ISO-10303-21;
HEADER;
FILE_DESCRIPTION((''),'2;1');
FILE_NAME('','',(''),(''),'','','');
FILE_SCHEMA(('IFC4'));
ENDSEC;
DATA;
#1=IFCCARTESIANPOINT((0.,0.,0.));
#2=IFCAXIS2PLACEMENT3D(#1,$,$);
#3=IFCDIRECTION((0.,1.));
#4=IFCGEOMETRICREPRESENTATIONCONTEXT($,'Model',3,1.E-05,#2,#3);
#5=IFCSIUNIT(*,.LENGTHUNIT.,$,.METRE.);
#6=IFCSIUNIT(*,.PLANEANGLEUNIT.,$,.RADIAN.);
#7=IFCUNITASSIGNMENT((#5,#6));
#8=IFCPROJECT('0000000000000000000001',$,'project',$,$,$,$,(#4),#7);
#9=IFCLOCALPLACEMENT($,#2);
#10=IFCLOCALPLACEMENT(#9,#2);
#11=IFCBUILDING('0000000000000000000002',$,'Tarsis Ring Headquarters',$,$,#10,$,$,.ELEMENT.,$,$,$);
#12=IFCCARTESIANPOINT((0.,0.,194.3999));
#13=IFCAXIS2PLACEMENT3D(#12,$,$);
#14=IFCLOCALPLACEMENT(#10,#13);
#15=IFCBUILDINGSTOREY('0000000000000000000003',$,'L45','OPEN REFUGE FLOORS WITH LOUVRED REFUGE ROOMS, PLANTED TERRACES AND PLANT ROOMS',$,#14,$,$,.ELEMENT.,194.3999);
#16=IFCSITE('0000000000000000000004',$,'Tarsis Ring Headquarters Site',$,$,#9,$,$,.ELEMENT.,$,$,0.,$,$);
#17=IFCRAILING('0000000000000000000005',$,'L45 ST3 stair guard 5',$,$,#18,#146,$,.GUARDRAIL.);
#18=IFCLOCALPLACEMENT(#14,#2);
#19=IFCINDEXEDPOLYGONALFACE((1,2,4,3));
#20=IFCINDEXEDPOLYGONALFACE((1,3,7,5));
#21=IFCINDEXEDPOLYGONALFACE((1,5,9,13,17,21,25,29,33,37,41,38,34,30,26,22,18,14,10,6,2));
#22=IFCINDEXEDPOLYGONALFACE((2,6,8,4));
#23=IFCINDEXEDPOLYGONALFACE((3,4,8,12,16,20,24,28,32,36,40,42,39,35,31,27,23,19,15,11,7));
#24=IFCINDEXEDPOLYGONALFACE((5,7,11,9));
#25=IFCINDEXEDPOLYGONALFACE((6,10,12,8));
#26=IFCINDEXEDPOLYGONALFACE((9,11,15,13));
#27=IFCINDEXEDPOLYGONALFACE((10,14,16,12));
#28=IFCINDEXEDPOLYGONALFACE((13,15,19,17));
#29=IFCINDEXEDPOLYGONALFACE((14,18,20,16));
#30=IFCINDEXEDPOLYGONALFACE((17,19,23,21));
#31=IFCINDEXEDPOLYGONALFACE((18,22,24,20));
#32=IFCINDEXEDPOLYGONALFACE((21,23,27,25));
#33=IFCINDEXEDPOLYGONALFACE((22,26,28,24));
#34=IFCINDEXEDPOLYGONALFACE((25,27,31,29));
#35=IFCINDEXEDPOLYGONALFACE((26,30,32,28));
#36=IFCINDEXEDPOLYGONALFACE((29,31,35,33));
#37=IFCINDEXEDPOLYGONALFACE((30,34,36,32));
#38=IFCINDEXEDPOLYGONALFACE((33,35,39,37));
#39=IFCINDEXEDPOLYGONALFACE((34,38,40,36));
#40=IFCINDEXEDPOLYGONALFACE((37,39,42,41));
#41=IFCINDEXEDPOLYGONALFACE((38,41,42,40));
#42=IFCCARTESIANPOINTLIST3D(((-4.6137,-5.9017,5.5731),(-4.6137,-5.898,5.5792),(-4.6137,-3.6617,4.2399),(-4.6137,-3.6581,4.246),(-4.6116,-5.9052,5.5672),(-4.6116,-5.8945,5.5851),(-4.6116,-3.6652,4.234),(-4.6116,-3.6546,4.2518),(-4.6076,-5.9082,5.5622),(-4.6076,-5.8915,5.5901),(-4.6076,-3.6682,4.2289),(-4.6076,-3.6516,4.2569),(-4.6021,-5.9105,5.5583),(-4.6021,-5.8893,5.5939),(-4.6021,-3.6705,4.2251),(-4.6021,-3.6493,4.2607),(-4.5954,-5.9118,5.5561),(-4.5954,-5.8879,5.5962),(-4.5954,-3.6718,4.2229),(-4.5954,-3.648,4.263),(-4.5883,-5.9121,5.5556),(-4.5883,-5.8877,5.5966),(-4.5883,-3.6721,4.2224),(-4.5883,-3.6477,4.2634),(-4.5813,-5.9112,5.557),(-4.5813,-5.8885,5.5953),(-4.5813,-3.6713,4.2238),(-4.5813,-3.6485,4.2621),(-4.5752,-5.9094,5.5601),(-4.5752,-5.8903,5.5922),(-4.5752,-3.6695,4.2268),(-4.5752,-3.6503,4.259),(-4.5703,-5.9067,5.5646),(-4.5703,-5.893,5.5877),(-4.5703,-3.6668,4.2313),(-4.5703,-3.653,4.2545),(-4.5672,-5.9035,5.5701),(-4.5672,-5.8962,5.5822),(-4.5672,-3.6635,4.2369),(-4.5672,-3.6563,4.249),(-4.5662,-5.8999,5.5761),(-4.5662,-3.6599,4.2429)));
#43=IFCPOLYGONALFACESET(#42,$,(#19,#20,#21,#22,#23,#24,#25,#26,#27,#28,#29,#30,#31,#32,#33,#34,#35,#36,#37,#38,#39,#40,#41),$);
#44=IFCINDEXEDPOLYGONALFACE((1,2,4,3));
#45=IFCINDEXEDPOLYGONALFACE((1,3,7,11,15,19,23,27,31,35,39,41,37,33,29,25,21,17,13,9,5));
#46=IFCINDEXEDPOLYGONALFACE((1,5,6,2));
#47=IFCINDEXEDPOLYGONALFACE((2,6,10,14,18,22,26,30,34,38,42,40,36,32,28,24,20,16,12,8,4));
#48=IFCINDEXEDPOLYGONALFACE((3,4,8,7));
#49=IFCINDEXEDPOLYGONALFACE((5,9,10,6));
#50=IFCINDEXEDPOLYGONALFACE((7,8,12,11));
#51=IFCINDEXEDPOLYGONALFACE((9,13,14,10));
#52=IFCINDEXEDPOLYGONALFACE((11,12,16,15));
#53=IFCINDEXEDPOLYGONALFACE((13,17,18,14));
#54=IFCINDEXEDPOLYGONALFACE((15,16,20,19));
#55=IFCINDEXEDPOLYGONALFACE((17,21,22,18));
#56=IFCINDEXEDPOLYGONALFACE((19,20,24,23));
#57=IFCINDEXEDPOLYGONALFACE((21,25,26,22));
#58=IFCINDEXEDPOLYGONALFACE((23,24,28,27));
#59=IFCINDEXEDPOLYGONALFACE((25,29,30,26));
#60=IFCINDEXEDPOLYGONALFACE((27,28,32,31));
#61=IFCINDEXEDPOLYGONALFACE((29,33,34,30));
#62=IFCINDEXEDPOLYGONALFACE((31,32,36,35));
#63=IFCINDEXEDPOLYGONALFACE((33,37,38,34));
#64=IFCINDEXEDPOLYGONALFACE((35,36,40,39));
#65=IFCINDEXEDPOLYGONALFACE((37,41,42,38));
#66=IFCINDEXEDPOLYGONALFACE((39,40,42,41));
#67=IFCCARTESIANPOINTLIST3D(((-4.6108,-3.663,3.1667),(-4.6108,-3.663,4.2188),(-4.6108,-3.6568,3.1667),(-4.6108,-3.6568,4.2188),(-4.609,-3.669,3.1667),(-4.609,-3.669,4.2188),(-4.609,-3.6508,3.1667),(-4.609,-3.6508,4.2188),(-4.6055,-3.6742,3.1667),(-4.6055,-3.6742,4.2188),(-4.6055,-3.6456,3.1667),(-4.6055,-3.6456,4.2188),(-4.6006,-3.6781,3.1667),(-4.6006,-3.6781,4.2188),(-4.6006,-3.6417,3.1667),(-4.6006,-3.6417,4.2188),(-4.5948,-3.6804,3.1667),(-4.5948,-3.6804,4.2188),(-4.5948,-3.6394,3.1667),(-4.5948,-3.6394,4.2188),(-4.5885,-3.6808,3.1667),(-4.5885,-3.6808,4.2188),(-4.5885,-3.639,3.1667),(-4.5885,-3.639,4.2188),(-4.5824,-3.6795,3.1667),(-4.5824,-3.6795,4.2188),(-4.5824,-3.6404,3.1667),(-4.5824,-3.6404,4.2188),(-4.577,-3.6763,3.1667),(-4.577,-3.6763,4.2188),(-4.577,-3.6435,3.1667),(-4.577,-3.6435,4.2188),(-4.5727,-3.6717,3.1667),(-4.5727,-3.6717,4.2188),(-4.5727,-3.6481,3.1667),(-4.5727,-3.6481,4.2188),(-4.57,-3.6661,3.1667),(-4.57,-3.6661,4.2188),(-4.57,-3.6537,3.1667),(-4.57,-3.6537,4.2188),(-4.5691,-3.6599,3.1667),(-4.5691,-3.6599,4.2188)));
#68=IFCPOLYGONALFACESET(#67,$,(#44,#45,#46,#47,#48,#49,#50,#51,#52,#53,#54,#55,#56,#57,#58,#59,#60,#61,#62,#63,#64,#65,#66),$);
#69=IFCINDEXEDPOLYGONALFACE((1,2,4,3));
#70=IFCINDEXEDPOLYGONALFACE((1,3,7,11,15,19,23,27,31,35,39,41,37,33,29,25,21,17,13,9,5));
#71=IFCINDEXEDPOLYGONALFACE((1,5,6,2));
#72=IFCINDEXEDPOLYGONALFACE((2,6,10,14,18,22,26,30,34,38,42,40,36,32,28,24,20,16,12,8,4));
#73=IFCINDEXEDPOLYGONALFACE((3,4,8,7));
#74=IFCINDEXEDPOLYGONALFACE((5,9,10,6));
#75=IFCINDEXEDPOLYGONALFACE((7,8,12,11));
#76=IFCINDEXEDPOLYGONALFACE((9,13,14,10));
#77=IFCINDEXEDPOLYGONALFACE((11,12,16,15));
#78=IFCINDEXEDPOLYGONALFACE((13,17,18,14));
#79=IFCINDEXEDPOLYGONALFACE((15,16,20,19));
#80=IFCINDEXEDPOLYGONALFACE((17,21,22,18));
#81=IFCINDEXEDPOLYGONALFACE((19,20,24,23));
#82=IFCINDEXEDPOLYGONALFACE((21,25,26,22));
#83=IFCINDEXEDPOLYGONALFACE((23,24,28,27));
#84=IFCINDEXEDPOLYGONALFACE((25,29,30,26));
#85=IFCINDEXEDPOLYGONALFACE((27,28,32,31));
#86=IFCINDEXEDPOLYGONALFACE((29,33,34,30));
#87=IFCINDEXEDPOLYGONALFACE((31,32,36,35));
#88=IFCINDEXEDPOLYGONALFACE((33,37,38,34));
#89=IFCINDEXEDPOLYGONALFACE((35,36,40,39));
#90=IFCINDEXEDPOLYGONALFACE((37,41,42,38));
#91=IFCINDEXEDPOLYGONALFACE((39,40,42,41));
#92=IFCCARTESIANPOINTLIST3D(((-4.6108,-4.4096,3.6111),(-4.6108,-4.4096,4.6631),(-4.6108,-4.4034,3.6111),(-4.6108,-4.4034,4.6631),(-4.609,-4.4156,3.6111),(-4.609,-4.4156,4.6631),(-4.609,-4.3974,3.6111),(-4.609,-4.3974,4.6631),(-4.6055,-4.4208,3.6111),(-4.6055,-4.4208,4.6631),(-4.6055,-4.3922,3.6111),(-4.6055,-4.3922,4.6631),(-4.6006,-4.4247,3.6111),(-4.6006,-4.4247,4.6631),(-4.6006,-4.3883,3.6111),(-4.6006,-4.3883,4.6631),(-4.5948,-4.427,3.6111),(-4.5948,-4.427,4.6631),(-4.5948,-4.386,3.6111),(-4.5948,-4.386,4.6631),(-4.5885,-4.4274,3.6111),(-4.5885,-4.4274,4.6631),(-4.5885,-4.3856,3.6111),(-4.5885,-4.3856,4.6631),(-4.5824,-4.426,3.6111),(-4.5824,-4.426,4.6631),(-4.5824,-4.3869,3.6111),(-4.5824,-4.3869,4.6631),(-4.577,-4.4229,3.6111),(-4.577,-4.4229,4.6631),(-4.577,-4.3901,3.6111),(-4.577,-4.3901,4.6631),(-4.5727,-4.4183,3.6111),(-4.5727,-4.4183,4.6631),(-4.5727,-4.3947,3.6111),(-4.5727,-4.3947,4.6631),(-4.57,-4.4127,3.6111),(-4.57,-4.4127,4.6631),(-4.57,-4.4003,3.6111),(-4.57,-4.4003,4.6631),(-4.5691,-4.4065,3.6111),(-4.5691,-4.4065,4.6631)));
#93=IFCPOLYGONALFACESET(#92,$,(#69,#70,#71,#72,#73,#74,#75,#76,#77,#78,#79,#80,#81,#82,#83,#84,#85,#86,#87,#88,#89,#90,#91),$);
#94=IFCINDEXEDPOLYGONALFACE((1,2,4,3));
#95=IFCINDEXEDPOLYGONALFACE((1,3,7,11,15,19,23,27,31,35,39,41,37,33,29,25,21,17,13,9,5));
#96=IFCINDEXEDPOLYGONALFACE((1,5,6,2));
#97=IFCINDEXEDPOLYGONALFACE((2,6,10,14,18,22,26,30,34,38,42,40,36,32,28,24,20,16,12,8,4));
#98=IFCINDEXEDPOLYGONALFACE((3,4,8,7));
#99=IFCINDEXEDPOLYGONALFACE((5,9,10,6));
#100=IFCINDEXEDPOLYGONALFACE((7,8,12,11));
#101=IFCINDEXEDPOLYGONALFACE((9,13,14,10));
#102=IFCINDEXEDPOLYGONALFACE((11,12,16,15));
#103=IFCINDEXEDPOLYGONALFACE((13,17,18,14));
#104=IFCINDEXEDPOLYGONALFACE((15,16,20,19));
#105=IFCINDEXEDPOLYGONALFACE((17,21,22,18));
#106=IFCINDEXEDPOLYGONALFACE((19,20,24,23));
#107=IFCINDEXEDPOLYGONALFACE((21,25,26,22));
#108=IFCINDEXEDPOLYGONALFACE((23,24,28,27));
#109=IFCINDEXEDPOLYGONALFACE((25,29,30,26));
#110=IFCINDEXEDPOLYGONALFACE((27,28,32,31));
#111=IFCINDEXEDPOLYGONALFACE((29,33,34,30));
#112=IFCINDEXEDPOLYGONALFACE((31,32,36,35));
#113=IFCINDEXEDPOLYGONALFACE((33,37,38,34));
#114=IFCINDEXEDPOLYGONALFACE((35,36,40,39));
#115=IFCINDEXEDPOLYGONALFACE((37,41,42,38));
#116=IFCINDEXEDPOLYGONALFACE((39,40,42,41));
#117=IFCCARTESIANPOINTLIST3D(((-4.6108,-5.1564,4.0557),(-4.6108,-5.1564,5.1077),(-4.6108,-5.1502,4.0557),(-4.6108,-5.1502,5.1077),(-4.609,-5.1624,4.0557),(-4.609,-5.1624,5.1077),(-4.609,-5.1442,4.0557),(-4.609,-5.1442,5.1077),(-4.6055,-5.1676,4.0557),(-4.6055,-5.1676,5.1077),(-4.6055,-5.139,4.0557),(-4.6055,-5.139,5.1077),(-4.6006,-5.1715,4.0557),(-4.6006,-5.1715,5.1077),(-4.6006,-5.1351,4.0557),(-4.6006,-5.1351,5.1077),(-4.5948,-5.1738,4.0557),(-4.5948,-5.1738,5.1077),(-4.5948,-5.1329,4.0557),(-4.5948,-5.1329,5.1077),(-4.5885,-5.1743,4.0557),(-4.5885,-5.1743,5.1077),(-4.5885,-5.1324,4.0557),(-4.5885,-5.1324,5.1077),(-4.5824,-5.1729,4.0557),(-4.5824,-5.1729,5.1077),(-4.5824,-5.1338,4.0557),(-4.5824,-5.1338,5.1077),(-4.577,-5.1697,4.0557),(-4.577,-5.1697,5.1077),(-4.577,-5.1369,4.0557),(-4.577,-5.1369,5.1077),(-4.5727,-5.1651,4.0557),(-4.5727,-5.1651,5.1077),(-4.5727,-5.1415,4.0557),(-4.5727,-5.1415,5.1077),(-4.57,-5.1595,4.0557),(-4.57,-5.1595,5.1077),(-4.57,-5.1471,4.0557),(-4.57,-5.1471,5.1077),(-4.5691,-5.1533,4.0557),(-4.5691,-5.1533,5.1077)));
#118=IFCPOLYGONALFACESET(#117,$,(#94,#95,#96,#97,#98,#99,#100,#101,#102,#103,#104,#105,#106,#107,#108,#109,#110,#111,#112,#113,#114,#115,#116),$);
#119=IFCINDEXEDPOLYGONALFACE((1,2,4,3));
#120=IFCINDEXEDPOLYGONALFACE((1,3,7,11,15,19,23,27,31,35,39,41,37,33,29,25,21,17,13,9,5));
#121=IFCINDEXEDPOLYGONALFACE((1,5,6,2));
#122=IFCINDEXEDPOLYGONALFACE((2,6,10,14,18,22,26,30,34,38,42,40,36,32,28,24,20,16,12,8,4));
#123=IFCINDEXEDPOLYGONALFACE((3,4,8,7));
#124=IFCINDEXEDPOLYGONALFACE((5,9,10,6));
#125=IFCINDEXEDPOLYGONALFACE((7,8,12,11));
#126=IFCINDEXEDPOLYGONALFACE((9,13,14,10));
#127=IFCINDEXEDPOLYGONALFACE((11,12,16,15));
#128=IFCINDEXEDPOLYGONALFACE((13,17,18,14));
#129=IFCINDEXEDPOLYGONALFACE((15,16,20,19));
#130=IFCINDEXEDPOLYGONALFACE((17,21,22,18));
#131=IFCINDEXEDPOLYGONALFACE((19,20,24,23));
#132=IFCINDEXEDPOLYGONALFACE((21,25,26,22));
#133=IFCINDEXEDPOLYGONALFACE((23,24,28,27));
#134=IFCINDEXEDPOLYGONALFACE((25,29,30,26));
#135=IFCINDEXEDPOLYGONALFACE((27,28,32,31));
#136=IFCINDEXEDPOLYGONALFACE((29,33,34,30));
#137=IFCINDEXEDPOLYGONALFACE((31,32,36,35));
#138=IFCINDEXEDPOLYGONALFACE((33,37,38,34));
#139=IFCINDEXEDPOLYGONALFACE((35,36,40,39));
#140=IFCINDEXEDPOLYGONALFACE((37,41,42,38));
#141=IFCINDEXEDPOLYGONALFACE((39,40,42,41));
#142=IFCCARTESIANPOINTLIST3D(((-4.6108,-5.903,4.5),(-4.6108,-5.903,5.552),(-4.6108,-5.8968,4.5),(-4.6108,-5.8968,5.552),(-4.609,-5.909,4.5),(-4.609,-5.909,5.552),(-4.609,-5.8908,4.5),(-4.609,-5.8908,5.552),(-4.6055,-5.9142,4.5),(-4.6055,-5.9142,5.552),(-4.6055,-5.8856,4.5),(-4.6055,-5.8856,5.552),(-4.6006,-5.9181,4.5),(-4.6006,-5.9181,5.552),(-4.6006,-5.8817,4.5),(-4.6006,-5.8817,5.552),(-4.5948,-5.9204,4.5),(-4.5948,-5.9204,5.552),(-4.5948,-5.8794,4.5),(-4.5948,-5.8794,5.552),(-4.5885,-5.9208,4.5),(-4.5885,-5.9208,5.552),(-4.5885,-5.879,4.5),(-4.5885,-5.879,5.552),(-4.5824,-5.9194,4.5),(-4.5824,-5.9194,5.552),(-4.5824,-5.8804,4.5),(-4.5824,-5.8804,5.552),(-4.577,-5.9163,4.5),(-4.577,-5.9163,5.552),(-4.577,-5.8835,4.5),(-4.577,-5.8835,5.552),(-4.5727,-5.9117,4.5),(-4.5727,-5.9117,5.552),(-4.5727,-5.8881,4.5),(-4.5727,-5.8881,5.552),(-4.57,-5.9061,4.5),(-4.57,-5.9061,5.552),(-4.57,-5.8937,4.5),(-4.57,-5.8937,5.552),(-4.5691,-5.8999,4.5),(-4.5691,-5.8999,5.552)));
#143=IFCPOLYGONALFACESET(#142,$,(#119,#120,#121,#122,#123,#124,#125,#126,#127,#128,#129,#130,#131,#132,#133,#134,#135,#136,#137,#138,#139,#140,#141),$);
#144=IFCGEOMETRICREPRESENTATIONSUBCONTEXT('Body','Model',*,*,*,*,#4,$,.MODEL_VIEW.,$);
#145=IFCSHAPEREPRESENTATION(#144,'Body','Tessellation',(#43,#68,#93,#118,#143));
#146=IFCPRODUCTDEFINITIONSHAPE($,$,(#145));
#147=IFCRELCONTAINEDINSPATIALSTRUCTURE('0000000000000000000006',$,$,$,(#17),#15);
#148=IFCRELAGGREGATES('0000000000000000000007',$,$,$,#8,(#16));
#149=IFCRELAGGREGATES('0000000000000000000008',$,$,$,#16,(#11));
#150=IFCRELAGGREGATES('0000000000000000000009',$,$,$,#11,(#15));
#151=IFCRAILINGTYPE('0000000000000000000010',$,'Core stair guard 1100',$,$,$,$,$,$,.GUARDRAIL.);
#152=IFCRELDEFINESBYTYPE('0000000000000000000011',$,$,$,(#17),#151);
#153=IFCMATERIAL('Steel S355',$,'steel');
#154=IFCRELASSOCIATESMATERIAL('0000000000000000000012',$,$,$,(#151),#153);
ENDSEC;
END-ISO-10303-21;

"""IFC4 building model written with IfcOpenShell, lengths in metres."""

from ifc_helpers import new_model, si_unit, direction, frame, origin, origin_2d, place, context, subcontext, project, spatial, circle, extrude, material, type_object, element, save


model = new_model("IFC4")

# Units and contexts
model_context = context("Model", 3, precision=1e-05, world=origin(), true_north=direction((0.0, 1.0)))
body_context = subcontext(model_context, "Body", "Model", "MODEL_VIEW")
ifc_project = project(units=[si_unit("LENGTHUNIT", "METRE"), si_unit("PLANEANGLEUNIT", "RADIAN")], contexts=[model_context])

# Site, building, storey
site_placement = place(None, origin())
site = spatial("IfcSite", under=ifc_project, at=site_placement, Name="Tarsis Ring Headquarters Site", CompositionType="ELEMENT", RefElevation=0.0)
building_placement = place(site_placement, origin())
building = spatial("IfcBuilding", under=site, at=building_placement, Name="Tarsis Ring Headquarters", CompositionType="ELEMENT")
storey_placement = place(building_placement, frame((0.0, 0.0, 194.3999)))
storey = spatial("IfcBuildingStorey", under=building, at=storey_placement, Name="L45", Description="OPEN REFUGE FLOORS WITH LOUVRED REFUGE ROOMS, PLANTED TERRACES AND PLANT ROOMS", CompositionType="ELEMENT", Elevation=194.3999)

# Railing
ifc_material_1 = material(Name="Steel S355", Category="steel")
railing_type_1 = type_object("IfcRailingType", Name="Core stair guard 1100", PredefinedType="GUARDRAIL", material=ifc_material_1)
railing_1_placement = place(storey_placement, frame((-4.5901, -3.6599, 3.1667)))
element("IfcRailing", 1, at=railing_1_placement, inside=storey, type_object=railing_type_1, Name="L45 ST3 stair guard 5", PredefinedType="GUARDRAIL", context=body_context, shape_type="SweptSolid", body=[
    extrude(circle(Radius=0.0239, at=origin_2d()), frame((0.0, 0.0, 1.0762), z_axis=(0.0, -0.859306, 0.511462), x_axis=(1.0, 0.0, 0.0)), (0.0, 0.0, 1.0), 2.6067),
    extrude(circle(Radius=0.021, at=origin_2d()), origin(), (0.0, 0.0, 1.0), 1.052),
    extrude(circle(Radius=0.021, at=origin_2d()), frame((0.0, -0.7466, 0.4443)), (0.0, 0.0, 1.0), 1.052),
    extrude(circle(Radius=0.021, at=origin_2d()), frame((0.0, -1.4934, 0.8889)), (0.0, 0.0, 1.0), 1.052),
    extrude(circle(Radius=0.021, at=origin_2d()), frame((0.0, -2.24, 1.3333)), (0.0, 0.0, 1.0), 1.052),
])

save(model, "model.ifc")
